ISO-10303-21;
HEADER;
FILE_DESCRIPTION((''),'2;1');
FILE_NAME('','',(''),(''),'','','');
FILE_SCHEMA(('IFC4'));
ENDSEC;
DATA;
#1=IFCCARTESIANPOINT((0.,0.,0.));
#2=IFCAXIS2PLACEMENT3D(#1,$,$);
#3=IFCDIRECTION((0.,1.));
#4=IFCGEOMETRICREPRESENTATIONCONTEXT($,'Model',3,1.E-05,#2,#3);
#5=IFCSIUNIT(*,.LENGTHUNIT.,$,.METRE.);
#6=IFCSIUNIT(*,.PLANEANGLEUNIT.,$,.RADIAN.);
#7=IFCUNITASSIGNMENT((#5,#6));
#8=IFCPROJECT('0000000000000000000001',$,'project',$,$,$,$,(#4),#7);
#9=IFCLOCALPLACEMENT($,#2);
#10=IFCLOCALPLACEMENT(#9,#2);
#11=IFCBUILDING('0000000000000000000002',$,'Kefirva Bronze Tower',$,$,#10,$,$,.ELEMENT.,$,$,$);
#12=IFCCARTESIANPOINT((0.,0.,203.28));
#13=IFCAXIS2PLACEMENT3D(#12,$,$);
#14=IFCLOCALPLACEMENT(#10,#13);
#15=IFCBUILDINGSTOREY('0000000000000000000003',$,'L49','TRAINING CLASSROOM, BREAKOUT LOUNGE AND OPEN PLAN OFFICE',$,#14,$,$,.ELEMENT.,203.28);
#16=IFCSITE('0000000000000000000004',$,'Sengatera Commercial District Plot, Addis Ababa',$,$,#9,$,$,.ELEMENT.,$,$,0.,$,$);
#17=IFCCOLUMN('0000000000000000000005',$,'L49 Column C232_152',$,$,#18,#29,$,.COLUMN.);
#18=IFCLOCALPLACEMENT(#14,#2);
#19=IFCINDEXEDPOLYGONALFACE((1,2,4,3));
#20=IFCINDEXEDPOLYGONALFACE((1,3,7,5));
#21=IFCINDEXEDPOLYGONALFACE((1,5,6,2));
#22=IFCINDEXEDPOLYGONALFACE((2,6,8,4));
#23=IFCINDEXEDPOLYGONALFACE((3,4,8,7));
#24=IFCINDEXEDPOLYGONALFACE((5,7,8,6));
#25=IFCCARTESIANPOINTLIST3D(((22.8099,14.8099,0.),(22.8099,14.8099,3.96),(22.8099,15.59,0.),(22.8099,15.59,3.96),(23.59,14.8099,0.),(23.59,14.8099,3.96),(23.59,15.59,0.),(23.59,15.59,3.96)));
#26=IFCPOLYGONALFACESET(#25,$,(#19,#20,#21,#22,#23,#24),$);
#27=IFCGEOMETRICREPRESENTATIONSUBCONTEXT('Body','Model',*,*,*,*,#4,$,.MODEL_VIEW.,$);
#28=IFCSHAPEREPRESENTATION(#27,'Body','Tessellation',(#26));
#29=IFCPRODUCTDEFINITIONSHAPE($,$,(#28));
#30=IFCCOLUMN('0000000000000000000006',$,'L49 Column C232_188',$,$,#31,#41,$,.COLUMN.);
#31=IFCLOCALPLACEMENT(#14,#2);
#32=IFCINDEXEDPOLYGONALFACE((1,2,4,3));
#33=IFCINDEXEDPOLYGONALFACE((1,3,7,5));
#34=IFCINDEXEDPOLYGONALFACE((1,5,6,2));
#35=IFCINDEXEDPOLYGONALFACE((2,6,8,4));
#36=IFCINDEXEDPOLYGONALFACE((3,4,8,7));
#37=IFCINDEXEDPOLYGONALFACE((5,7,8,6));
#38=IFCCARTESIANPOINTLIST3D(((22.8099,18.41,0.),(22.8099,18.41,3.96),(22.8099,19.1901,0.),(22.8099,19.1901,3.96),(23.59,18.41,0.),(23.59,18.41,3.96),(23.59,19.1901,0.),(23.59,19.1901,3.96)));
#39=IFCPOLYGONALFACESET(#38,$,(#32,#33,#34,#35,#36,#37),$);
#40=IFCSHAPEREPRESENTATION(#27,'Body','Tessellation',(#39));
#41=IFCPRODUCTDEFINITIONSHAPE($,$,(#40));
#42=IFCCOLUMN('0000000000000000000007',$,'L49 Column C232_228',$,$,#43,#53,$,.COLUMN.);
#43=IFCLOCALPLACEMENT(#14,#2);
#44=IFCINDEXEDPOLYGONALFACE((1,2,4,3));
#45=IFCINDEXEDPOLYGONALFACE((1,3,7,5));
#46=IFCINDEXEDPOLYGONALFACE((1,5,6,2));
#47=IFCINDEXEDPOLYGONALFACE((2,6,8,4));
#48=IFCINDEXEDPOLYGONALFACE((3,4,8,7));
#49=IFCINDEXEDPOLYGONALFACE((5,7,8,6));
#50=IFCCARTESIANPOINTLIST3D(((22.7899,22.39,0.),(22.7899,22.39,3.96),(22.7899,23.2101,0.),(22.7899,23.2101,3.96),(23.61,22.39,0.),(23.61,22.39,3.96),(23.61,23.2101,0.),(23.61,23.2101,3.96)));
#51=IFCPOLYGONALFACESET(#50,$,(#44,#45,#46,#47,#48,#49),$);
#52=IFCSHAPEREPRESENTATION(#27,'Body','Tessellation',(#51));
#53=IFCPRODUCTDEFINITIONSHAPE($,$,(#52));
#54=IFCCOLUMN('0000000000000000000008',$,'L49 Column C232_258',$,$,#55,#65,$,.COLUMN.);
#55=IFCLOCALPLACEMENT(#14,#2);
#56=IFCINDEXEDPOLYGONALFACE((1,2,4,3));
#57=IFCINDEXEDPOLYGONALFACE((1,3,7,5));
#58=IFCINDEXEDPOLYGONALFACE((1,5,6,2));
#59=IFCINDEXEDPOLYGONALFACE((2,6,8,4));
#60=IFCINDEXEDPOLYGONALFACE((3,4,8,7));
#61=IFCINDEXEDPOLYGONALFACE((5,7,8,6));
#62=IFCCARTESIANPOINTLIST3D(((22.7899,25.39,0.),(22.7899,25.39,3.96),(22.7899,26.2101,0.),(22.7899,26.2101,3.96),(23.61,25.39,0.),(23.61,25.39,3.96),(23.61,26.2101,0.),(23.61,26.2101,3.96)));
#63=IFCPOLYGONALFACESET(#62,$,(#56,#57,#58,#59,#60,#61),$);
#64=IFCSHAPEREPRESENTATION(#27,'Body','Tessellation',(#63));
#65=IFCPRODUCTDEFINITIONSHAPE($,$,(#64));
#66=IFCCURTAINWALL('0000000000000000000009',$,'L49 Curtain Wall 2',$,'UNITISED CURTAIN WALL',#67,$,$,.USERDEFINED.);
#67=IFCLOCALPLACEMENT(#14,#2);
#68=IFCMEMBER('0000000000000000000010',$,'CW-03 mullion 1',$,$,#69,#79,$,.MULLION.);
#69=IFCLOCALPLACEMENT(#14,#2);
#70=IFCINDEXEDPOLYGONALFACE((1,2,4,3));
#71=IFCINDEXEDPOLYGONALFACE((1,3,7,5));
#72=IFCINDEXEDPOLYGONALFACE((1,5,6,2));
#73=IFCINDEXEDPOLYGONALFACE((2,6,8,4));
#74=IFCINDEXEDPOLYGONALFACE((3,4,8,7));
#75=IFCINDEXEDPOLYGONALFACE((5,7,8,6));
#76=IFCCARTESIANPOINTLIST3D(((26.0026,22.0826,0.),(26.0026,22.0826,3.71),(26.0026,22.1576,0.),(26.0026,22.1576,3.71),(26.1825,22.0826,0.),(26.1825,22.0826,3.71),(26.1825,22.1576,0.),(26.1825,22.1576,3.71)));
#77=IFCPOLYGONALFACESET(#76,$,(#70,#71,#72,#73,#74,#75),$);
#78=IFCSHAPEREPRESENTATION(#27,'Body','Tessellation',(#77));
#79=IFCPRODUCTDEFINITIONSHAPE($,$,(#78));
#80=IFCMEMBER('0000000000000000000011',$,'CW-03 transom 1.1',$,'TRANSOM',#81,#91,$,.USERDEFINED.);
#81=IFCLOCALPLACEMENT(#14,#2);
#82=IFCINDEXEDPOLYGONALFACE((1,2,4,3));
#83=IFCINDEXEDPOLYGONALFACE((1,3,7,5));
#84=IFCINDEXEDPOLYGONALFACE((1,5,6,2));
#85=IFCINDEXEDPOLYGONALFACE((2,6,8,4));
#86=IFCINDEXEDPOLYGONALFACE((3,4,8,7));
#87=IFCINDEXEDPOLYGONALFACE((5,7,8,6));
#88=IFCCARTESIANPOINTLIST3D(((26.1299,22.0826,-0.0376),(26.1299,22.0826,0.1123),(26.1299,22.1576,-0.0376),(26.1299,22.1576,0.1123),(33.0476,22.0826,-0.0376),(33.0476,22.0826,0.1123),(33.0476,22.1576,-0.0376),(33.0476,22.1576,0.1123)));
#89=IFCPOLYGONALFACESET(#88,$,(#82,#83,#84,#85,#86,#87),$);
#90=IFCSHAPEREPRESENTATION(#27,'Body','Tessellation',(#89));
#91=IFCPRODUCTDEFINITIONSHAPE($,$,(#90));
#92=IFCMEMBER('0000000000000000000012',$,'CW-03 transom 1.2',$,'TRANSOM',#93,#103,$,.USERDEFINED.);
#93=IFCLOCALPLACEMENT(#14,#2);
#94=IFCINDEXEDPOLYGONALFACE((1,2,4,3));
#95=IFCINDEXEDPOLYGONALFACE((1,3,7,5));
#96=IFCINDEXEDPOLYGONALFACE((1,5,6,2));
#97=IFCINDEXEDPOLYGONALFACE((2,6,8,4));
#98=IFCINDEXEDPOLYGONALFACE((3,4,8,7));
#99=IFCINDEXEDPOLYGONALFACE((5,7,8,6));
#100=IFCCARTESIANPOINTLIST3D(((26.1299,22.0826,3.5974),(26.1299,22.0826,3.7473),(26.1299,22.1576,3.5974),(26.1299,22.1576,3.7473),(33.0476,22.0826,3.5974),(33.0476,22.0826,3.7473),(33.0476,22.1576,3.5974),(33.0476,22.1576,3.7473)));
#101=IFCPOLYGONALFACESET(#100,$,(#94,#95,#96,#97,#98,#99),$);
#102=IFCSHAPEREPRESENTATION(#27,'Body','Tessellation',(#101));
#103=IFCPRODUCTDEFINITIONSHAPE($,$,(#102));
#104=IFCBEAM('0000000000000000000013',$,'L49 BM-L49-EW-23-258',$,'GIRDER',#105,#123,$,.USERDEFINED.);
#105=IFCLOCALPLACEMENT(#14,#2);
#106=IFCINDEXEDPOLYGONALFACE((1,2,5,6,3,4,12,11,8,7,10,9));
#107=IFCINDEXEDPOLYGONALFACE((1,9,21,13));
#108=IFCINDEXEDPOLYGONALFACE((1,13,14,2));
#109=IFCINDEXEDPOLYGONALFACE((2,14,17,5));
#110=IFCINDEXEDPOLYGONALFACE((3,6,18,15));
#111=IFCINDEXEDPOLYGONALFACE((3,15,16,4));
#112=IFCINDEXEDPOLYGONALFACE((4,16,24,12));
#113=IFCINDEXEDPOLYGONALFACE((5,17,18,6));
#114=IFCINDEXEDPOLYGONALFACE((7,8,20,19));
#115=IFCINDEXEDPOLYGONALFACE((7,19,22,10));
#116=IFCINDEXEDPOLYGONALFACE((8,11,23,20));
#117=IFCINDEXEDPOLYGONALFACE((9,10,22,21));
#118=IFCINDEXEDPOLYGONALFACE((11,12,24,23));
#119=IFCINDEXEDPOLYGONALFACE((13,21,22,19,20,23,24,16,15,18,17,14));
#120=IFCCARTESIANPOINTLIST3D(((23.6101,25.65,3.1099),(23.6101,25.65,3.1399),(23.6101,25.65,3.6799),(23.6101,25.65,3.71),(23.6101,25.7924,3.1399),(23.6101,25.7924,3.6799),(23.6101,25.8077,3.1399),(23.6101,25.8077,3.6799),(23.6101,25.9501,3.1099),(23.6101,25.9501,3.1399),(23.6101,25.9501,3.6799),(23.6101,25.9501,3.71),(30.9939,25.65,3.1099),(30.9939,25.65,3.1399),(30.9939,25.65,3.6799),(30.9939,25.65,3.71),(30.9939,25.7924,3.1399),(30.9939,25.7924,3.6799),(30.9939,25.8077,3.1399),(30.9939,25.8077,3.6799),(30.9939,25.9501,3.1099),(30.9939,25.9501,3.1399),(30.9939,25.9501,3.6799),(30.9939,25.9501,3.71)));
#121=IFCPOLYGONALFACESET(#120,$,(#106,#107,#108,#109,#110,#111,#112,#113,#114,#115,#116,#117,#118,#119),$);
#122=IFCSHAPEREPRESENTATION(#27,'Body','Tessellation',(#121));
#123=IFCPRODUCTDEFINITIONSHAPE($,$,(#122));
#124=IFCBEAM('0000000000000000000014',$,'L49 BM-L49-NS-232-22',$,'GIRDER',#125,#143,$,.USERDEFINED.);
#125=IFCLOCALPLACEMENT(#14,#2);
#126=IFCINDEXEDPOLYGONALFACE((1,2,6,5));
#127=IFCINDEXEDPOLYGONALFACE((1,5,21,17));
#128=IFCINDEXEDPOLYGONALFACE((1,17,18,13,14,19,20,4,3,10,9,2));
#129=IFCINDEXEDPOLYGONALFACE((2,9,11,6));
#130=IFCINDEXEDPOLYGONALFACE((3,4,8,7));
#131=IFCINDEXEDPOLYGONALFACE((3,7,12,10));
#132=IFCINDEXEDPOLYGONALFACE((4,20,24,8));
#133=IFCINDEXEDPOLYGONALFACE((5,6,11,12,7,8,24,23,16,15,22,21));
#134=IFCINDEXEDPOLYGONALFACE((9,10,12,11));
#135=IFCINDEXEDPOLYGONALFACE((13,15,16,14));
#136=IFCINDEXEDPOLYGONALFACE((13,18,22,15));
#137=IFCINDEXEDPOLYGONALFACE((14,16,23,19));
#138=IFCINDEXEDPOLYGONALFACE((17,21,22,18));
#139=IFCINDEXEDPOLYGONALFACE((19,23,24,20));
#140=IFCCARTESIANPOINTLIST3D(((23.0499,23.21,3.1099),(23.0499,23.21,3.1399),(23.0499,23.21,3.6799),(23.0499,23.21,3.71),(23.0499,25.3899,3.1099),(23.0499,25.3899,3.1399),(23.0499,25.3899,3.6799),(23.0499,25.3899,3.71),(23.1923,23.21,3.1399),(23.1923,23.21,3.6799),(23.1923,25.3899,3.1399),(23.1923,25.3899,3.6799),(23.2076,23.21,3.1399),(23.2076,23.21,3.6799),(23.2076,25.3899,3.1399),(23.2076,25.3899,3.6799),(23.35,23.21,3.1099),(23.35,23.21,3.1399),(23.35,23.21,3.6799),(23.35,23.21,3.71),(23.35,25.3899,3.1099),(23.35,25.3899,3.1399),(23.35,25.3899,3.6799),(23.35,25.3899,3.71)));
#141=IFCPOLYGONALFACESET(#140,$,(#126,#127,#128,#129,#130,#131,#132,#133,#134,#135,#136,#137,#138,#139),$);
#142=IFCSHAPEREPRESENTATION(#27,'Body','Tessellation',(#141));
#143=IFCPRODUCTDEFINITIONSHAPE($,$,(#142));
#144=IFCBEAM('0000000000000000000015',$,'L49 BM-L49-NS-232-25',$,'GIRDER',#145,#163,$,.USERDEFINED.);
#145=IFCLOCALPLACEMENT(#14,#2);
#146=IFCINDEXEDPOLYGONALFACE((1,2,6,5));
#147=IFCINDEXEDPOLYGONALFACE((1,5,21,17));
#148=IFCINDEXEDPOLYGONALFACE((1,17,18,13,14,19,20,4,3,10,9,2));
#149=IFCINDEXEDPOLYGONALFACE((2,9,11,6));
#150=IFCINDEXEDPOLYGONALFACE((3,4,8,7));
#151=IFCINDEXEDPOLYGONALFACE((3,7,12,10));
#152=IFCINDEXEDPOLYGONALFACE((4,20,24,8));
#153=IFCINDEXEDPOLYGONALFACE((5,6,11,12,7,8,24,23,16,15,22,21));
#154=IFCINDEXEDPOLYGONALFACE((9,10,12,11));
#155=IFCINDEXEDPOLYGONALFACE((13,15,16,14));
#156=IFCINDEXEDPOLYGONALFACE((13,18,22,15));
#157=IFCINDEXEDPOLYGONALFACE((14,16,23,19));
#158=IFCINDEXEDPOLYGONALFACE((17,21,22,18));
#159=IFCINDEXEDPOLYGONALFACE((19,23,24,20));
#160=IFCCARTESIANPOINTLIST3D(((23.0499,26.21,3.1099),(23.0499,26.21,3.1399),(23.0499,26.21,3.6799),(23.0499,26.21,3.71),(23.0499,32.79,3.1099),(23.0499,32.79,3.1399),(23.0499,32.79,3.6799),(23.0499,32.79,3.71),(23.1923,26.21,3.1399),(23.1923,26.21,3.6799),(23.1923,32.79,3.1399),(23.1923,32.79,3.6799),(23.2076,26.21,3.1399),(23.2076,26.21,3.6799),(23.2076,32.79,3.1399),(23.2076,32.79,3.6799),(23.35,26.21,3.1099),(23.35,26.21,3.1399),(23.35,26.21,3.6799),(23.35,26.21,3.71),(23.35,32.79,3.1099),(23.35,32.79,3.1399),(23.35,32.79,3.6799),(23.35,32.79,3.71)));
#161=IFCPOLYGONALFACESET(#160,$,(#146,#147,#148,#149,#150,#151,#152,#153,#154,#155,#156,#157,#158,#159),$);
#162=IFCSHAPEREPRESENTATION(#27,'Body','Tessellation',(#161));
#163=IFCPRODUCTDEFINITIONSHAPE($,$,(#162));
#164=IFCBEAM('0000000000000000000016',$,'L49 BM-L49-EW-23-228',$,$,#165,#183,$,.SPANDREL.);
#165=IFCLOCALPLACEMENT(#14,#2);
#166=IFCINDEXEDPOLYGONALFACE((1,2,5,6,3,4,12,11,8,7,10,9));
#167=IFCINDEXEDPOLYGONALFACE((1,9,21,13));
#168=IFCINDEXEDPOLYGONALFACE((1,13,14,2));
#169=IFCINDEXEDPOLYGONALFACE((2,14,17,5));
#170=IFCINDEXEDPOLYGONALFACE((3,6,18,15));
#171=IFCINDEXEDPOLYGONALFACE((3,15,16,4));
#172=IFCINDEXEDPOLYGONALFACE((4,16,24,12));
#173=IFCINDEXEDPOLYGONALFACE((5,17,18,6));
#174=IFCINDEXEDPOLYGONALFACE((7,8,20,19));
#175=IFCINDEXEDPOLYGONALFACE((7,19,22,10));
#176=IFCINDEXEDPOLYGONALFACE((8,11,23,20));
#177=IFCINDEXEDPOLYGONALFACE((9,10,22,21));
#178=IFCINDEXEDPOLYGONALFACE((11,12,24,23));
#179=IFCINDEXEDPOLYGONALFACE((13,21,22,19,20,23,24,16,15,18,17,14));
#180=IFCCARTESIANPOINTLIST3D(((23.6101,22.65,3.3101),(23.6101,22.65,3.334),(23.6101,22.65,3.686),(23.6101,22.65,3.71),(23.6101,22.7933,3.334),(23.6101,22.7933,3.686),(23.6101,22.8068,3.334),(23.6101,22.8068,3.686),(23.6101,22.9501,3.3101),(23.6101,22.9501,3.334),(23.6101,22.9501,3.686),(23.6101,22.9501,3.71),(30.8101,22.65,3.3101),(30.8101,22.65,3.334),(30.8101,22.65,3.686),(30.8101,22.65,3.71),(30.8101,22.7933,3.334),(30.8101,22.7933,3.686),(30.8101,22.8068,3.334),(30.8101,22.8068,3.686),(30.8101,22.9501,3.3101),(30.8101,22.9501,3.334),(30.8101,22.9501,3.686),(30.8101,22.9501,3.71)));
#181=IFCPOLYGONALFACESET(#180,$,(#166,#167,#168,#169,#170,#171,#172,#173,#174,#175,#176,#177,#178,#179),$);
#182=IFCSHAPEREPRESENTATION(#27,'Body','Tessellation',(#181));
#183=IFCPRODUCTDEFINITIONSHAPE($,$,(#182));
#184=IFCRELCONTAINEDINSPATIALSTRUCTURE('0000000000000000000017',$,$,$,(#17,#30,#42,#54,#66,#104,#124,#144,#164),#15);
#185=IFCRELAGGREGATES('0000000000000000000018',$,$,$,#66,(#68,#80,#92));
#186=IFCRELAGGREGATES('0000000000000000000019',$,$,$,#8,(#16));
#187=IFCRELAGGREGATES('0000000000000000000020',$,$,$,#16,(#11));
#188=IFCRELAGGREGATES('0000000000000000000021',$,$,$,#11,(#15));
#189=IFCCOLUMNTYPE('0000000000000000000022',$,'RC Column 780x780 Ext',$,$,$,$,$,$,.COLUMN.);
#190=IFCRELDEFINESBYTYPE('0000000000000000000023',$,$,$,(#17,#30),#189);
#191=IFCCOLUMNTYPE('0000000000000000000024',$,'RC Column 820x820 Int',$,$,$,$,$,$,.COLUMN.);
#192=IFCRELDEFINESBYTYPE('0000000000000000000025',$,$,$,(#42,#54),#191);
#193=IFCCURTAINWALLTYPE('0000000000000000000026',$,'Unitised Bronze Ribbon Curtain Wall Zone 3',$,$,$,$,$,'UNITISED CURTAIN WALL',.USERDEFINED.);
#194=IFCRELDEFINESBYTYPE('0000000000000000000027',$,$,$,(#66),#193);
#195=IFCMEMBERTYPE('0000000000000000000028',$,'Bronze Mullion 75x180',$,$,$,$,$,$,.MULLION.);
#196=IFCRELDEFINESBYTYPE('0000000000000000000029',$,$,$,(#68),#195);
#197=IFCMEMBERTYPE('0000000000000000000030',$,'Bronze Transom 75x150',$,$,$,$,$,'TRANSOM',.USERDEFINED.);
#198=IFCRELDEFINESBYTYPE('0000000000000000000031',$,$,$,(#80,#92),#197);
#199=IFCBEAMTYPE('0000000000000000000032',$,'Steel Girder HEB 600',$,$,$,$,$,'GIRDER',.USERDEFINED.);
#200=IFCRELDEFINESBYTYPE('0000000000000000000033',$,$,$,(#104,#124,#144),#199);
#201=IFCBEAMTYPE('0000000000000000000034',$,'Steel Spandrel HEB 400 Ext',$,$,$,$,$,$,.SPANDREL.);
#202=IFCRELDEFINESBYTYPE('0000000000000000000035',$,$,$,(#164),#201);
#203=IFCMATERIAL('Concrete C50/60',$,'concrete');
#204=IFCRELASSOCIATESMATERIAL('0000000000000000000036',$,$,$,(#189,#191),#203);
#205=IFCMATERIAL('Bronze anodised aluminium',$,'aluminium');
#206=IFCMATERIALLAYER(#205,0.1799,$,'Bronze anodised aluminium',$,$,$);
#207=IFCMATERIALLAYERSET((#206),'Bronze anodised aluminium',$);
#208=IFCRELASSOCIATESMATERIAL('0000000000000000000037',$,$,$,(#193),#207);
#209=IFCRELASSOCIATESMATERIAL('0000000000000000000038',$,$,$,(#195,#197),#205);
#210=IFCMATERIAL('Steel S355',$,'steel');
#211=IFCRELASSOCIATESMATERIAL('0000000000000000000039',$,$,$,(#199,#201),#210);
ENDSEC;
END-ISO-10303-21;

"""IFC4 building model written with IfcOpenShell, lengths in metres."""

from ifc_helpers import new_model, si_unit, direction, frame, origin, origin_2d, place, context, subcontext, project, spatial, rectangle, i_section, extrude, material, layer, layer_set, material_profile, profile_set, type_object, element, aggregate, save


model = new_model("IFC4")

# Units and contexts
model_context = context("Model", 3, precision=1e-05, world=origin(), true_north=direction((0.0, 1.0)))
body_context = subcontext(model_context, "Body", "Model", "MODEL_VIEW")
ifc_project = project(units=[si_unit("LENGTHUNIT", "METRE"), si_unit("PLANEANGLEUNIT", "RADIAN")], contexts=[model_context])

# Site, building, storey
site_placement = place(None, origin())
site = spatial("IfcSite", under=ifc_project, at=site_placement, Name="Sengatera Commercial District Plot, Addis Ababa", CompositionType="ELEMENT", RefElevation=0.0)
building_placement = place(site_placement, origin())
building = spatial("IfcBuilding", under=site, at=building_placement, Name="Kefirva Bronze Tower", CompositionType="ELEMENT")
storey_placement = place(building_placement, frame((0.0, 0.0, 203.28)))
storey = spatial("IfcBuildingStorey", under=building, at=storey_placement, Name="L49", Description="TRAINING CLASSROOM, BREAKOUT LOUNGE AND OPEN PLAN OFFICE", CompositionType="ELEMENT", Elevation=203.28)

# Columns
ifc_material_1 = material(Name="Concrete C50/60", Category="concrete")
ifc_material_profile_1 = material_profile(ifc_material_1, rectangle(XDim=0.78, YDim=0.78, at=origin_2d()), Name="RC 780x780")
ifc_profile_set_1 = profile_set([ifc_material_profile_1], Name="Concrete C50/60")
column_type_1 = type_object("IfcColumnType", Name="RC Column 780x780 Ext", PredefinedType="COLUMN", material=ifc_profile_set_1)
for number, where, z_axis, x_axis, name in (
    (1, (23.2, 15.2, 0.0), (0.0, 0.0, 1.0), (1.0, 0.0, 0.0), "L49 Column C232_152"),
    (2, (23.2, 18.8, 0.0), (0.0, 0.0, 1.0), (1.0, 0.0, 0.0), "L49 Column C232_188"),
):
    element("IfcColumn", number, at=place(storey_placement, frame(where, z_axis=z_axis, x_axis=x_axis)), inside=storey, type_object=column_type_1, Name=name, PredefinedType="COLUMN", context=body_context, shape_type="SweptSolid", body=[
        extrude(rectangle(XDim=0.78, YDim=0.78, at=origin_2d()), origin(), (0.0, 0.0, 1.0), 3.96),
    ])
ifc_material_profile_2 = material_profile(ifc_material_1, rectangle(XDim=0.8201, YDim=0.8201, at=origin_2d()), Name="RC 820x820")
ifc_profile_set_2 = profile_set([ifc_material_profile_2], Name="Concrete C50/60")
column_type_2 = type_object("IfcColumnType", Name="RC Column 820x820 Int", PredefinedType="COLUMN", material=ifc_profile_set_2)
for number, where, z_axis, x_axis, name in (
    (3, (23.2, 22.8, 0.0), (0.0, 0.0, 1.0), (1.0, 0.0, 0.0), "L49 Column C232_228"),
    (4, (23.2, 25.8, 0.0), (0.0, 0.0, 1.0), (1.0, 0.0, 0.0), "L49 Column C232_258"),
):
    element("IfcColumn", number, at=place(storey_placement, frame(where, z_axis=z_axis, x_axis=x_axis)), inside=storey, type_object=column_type_2, Name=name, PredefinedType="COLUMN", context=body_context, shape_type="SweptSolid", body=[
        extrude(rectangle(XDim=0.8201, YDim=0.8201, at=origin_2d()), origin(), (0.0, 0.0, 1.0), 3.96),
    ])

# Curtain wall, members
ifc_material_2 = material(Name="Bronze anodised aluminium", Category="aluminium")
ifc_layer_1 = layer(ifc_material_2, 0.1799, Name="Bronze anodised aluminium")
ifc_layer_set_1 = layer_set([ifc_layer_1], Name="Bronze anodised aluminium")
curtain_wall_type = type_object("IfcCurtainWallType", Name="Unitised Bronze Ribbon Curtain Wall Zone 3", ElementType="UNITISED CURTAIN WALL", PredefinedType="USERDEFINED", material=ifc_layer_set_1)
curtain_wall_placement = place(storey_placement, origin())
curtain_wall = element("IfcCurtainWall", 5, at=curtain_wall_placement, inside=storey, type_object=curtain_wall_type, Name="L49 Curtain Wall 2", ObjectType="UNITISED CURTAIN WALL", PredefinedType="USERDEFINED")
ifc_material_profile_3 = material_profile(ifc_material_2, rectangle(XDim=0.075, YDim=0.1799, at=origin_2d()), Name="ALU 75x180")
ifc_profile_set_3 = profile_set([ifc_material_profile_3], Name="Bronze anodised aluminium")
member_type_1 = type_object("IfcMemberType", Name="Bronze Mullion 75x180", PredefinedType="MULLION", material=ifc_profile_set_3)
member_1_placement = place(storey_placement, frame((26.0925, 22.1201, 0.0), z_axis=(0.0, 0.0, 1.0), x_axis=(0.0, 1.0, 0.0)))
member_1 = element("IfcMember", 6, at=member_1_placement, type_object=member_type_1, Name="CW-03 mullion 1", PredefinedType="MULLION", context=body_context, shape_type="SweptSolid", body=[
    extrude(rectangle(XDim=0.075, YDim=0.1799, at=origin_2d()), origin(), (0.0, 0.0, 1.0), 3.71),
])
ifc_material_profile_4 = material_profile(ifc_material_2, rectangle(XDim=0.075, YDim=0.1499, at=origin_2d()), Name="ALU 75x150")
ifc_profile_set_4 = profile_set([ifc_material_profile_4], Name="Bronze anodised aluminium")
member_type_2 = type_object("IfcMemberType", Name="Bronze Transom 75x150", ElementType="TRANSOM", PredefinedType="USERDEFINED", material=ifc_profile_set_4)
member_2_placement = place(storey_placement, frame((26.1299, 22.1201, 0.0374), z_axis=(1.0, 0.0, 0.0), x_axis=(0.0, 1.0, 0.0)))
member_2 = element("IfcMember", 7, at=member_2_placement, type_object=member_type_2, Name="CW-03 transom 1.1", ObjectType="TRANSOM", PredefinedType="USERDEFINED", context=body_context, shape_type="SweptSolid", body=[
    extrude(rectangle(XDim=0.075, YDim=0.1499, at=origin_2d()), origin(), (0.0, 0.0, 1.0), 6.9177),
])
member_3_placement = place(storey_placement, frame((26.1299, 22.1201, 3.6724), z_axis=(1.0, 0.0, 0.0), x_axis=(0.0, 1.0, 0.0)))
member_3 = element("IfcMember", 8, at=member_3_placement, type_object=member_type_2, Name="CW-03 transom 1.2", ObjectType="TRANSOM", PredefinedType="USERDEFINED", context=body_context, shape_type="SweptSolid", body=[
    extrude(rectangle(XDim=0.075, YDim=0.1499, at=origin_2d()), origin(), (0.0, 0.0, 1.0), 6.9177),
])
aggregate(curtain_wall, [member_1, member_2, member_3])

# Beams
ifc_material_3 = material(Name="Steel S355", Category="steel")
ifc_material_profile_5 = material_profile(ifc_material_3, i_section(OverallWidth=0.3, OverallDepth=0.6001, WebThickness=0.0154, FlangeThickness=0.03, at=origin_2d()), Name="HEB 600")
ifc_profile_set_5 = profile_set([ifc_material_profile_5], Name="Steel S355")
beam_type_1 = type_object("IfcBeamType", Name="Steel Girder HEB 600", ElementType="GIRDER", PredefinedType="USERDEFINED", material=ifc_profile_set_5)
beam_1_placement = place(storey_placement, frame((23.6101, 25.8, 3.4099), z_axis=(1.0, 0.0, 0.0), x_axis=(0.0, 1.0, 0.0)))
element("IfcBeam", 9, at=beam_1_placement, inside=storey, type_object=beam_type_1, Name="L49 BM-L49-EW-23-258", ObjectType="GIRDER", PredefinedType="USERDEFINED", context=body_context, shape_type="SweptSolid", body=[
    extrude(i_section(OverallWidth=0.3, OverallDepth=0.6001, WebThickness=0.0154, FlangeThickness=0.03, at=origin_2d()), origin(), (0.0, 0.0, 1.0), 7.3838),
])
beam_2_placement = place(storey_placement, frame((23.2, 23.21, 3.4099), z_axis=(0.0, 1.0, 0.0), x_axis=(-1.0, 0.0, 0.0)))
element("IfcBeam", 10, at=beam_2_placement, inside=storey, type_object=beam_type_1, Name="L49 BM-L49-NS-232-22", ObjectType="GIRDER", PredefinedType="USERDEFINED", context=body_context, shape_type="SweptSolid", body=[
    extrude(i_section(OverallWidth=0.3, OverallDepth=0.6001, WebThickness=0.0154, FlangeThickness=0.03, at=origin_2d()), origin(), (0.0, 0.0, 1.0), 2.1799),
])
beam_3_placement = place(storey_placement, frame((23.2, 26.21, 3.4099), z_axis=(0.0, 1.0, 0.0), x_axis=(-1.0, 0.0, 0.0)))
element("IfcBeam", 11, at=beam_3_placement, inside=storey, type_object=beam_type_1, Name="L49 BM-L49-NS-232-25", ObjectType="GIRDER", PredefinedType="USERDEFINED", context=body_context, shape_type="SweptSolid", body=[
    extrude(i_section(OverallWidth=0.3, OverallDepth=0.6001, WebThickness=0.0154, FlangeThickness=0.03, at=origin_2d()), origin(), (0.0, 0.0, 1.0), 6.5801),
])
ifc_material_profile_6 = material_profile(ifc_material_3, i_section(OverallWidth=0.3, OverallDepth=0.3999, WebThickness=0.0134, FlangeThickness=0.0239, at=origin_2d()), Name="HEB 400")
ifc_profile_set_6 = profile_set([ifc_material_profile_6], Name="Steel S355")
beam_type_2 = type_object("IfcBeamType", Name="Steel Spandrel HEB 400 Ext", PredefinedType="SPANDREL", material=ifc_profile_set_6)
beam_4_placement = place(storey_placement, frame((23.6101, 22.8, 3.51), z_axis=(1.0, 0.0, 0.0), x_axis=(0.0, 1.0, 0.0)))
element("IfcBeam", 12, at=beam_4_placement, inside=storey, type_object=beam_type_2, Name="L49 BM-L49-EW-23-228", PredefinedType="SPANDREL", context=body_context, shape_type="SweptSolid", body=[
    extrude(i_section(OverallWidth=0.3, OverallDepth=0.3999, WebThickness=0.0134, FlangeThickness=0.0239, at=origin_2d()), origin(), (0.0, 0.0, 1.0), 7.2),
])

save(model, "model.ifc")
